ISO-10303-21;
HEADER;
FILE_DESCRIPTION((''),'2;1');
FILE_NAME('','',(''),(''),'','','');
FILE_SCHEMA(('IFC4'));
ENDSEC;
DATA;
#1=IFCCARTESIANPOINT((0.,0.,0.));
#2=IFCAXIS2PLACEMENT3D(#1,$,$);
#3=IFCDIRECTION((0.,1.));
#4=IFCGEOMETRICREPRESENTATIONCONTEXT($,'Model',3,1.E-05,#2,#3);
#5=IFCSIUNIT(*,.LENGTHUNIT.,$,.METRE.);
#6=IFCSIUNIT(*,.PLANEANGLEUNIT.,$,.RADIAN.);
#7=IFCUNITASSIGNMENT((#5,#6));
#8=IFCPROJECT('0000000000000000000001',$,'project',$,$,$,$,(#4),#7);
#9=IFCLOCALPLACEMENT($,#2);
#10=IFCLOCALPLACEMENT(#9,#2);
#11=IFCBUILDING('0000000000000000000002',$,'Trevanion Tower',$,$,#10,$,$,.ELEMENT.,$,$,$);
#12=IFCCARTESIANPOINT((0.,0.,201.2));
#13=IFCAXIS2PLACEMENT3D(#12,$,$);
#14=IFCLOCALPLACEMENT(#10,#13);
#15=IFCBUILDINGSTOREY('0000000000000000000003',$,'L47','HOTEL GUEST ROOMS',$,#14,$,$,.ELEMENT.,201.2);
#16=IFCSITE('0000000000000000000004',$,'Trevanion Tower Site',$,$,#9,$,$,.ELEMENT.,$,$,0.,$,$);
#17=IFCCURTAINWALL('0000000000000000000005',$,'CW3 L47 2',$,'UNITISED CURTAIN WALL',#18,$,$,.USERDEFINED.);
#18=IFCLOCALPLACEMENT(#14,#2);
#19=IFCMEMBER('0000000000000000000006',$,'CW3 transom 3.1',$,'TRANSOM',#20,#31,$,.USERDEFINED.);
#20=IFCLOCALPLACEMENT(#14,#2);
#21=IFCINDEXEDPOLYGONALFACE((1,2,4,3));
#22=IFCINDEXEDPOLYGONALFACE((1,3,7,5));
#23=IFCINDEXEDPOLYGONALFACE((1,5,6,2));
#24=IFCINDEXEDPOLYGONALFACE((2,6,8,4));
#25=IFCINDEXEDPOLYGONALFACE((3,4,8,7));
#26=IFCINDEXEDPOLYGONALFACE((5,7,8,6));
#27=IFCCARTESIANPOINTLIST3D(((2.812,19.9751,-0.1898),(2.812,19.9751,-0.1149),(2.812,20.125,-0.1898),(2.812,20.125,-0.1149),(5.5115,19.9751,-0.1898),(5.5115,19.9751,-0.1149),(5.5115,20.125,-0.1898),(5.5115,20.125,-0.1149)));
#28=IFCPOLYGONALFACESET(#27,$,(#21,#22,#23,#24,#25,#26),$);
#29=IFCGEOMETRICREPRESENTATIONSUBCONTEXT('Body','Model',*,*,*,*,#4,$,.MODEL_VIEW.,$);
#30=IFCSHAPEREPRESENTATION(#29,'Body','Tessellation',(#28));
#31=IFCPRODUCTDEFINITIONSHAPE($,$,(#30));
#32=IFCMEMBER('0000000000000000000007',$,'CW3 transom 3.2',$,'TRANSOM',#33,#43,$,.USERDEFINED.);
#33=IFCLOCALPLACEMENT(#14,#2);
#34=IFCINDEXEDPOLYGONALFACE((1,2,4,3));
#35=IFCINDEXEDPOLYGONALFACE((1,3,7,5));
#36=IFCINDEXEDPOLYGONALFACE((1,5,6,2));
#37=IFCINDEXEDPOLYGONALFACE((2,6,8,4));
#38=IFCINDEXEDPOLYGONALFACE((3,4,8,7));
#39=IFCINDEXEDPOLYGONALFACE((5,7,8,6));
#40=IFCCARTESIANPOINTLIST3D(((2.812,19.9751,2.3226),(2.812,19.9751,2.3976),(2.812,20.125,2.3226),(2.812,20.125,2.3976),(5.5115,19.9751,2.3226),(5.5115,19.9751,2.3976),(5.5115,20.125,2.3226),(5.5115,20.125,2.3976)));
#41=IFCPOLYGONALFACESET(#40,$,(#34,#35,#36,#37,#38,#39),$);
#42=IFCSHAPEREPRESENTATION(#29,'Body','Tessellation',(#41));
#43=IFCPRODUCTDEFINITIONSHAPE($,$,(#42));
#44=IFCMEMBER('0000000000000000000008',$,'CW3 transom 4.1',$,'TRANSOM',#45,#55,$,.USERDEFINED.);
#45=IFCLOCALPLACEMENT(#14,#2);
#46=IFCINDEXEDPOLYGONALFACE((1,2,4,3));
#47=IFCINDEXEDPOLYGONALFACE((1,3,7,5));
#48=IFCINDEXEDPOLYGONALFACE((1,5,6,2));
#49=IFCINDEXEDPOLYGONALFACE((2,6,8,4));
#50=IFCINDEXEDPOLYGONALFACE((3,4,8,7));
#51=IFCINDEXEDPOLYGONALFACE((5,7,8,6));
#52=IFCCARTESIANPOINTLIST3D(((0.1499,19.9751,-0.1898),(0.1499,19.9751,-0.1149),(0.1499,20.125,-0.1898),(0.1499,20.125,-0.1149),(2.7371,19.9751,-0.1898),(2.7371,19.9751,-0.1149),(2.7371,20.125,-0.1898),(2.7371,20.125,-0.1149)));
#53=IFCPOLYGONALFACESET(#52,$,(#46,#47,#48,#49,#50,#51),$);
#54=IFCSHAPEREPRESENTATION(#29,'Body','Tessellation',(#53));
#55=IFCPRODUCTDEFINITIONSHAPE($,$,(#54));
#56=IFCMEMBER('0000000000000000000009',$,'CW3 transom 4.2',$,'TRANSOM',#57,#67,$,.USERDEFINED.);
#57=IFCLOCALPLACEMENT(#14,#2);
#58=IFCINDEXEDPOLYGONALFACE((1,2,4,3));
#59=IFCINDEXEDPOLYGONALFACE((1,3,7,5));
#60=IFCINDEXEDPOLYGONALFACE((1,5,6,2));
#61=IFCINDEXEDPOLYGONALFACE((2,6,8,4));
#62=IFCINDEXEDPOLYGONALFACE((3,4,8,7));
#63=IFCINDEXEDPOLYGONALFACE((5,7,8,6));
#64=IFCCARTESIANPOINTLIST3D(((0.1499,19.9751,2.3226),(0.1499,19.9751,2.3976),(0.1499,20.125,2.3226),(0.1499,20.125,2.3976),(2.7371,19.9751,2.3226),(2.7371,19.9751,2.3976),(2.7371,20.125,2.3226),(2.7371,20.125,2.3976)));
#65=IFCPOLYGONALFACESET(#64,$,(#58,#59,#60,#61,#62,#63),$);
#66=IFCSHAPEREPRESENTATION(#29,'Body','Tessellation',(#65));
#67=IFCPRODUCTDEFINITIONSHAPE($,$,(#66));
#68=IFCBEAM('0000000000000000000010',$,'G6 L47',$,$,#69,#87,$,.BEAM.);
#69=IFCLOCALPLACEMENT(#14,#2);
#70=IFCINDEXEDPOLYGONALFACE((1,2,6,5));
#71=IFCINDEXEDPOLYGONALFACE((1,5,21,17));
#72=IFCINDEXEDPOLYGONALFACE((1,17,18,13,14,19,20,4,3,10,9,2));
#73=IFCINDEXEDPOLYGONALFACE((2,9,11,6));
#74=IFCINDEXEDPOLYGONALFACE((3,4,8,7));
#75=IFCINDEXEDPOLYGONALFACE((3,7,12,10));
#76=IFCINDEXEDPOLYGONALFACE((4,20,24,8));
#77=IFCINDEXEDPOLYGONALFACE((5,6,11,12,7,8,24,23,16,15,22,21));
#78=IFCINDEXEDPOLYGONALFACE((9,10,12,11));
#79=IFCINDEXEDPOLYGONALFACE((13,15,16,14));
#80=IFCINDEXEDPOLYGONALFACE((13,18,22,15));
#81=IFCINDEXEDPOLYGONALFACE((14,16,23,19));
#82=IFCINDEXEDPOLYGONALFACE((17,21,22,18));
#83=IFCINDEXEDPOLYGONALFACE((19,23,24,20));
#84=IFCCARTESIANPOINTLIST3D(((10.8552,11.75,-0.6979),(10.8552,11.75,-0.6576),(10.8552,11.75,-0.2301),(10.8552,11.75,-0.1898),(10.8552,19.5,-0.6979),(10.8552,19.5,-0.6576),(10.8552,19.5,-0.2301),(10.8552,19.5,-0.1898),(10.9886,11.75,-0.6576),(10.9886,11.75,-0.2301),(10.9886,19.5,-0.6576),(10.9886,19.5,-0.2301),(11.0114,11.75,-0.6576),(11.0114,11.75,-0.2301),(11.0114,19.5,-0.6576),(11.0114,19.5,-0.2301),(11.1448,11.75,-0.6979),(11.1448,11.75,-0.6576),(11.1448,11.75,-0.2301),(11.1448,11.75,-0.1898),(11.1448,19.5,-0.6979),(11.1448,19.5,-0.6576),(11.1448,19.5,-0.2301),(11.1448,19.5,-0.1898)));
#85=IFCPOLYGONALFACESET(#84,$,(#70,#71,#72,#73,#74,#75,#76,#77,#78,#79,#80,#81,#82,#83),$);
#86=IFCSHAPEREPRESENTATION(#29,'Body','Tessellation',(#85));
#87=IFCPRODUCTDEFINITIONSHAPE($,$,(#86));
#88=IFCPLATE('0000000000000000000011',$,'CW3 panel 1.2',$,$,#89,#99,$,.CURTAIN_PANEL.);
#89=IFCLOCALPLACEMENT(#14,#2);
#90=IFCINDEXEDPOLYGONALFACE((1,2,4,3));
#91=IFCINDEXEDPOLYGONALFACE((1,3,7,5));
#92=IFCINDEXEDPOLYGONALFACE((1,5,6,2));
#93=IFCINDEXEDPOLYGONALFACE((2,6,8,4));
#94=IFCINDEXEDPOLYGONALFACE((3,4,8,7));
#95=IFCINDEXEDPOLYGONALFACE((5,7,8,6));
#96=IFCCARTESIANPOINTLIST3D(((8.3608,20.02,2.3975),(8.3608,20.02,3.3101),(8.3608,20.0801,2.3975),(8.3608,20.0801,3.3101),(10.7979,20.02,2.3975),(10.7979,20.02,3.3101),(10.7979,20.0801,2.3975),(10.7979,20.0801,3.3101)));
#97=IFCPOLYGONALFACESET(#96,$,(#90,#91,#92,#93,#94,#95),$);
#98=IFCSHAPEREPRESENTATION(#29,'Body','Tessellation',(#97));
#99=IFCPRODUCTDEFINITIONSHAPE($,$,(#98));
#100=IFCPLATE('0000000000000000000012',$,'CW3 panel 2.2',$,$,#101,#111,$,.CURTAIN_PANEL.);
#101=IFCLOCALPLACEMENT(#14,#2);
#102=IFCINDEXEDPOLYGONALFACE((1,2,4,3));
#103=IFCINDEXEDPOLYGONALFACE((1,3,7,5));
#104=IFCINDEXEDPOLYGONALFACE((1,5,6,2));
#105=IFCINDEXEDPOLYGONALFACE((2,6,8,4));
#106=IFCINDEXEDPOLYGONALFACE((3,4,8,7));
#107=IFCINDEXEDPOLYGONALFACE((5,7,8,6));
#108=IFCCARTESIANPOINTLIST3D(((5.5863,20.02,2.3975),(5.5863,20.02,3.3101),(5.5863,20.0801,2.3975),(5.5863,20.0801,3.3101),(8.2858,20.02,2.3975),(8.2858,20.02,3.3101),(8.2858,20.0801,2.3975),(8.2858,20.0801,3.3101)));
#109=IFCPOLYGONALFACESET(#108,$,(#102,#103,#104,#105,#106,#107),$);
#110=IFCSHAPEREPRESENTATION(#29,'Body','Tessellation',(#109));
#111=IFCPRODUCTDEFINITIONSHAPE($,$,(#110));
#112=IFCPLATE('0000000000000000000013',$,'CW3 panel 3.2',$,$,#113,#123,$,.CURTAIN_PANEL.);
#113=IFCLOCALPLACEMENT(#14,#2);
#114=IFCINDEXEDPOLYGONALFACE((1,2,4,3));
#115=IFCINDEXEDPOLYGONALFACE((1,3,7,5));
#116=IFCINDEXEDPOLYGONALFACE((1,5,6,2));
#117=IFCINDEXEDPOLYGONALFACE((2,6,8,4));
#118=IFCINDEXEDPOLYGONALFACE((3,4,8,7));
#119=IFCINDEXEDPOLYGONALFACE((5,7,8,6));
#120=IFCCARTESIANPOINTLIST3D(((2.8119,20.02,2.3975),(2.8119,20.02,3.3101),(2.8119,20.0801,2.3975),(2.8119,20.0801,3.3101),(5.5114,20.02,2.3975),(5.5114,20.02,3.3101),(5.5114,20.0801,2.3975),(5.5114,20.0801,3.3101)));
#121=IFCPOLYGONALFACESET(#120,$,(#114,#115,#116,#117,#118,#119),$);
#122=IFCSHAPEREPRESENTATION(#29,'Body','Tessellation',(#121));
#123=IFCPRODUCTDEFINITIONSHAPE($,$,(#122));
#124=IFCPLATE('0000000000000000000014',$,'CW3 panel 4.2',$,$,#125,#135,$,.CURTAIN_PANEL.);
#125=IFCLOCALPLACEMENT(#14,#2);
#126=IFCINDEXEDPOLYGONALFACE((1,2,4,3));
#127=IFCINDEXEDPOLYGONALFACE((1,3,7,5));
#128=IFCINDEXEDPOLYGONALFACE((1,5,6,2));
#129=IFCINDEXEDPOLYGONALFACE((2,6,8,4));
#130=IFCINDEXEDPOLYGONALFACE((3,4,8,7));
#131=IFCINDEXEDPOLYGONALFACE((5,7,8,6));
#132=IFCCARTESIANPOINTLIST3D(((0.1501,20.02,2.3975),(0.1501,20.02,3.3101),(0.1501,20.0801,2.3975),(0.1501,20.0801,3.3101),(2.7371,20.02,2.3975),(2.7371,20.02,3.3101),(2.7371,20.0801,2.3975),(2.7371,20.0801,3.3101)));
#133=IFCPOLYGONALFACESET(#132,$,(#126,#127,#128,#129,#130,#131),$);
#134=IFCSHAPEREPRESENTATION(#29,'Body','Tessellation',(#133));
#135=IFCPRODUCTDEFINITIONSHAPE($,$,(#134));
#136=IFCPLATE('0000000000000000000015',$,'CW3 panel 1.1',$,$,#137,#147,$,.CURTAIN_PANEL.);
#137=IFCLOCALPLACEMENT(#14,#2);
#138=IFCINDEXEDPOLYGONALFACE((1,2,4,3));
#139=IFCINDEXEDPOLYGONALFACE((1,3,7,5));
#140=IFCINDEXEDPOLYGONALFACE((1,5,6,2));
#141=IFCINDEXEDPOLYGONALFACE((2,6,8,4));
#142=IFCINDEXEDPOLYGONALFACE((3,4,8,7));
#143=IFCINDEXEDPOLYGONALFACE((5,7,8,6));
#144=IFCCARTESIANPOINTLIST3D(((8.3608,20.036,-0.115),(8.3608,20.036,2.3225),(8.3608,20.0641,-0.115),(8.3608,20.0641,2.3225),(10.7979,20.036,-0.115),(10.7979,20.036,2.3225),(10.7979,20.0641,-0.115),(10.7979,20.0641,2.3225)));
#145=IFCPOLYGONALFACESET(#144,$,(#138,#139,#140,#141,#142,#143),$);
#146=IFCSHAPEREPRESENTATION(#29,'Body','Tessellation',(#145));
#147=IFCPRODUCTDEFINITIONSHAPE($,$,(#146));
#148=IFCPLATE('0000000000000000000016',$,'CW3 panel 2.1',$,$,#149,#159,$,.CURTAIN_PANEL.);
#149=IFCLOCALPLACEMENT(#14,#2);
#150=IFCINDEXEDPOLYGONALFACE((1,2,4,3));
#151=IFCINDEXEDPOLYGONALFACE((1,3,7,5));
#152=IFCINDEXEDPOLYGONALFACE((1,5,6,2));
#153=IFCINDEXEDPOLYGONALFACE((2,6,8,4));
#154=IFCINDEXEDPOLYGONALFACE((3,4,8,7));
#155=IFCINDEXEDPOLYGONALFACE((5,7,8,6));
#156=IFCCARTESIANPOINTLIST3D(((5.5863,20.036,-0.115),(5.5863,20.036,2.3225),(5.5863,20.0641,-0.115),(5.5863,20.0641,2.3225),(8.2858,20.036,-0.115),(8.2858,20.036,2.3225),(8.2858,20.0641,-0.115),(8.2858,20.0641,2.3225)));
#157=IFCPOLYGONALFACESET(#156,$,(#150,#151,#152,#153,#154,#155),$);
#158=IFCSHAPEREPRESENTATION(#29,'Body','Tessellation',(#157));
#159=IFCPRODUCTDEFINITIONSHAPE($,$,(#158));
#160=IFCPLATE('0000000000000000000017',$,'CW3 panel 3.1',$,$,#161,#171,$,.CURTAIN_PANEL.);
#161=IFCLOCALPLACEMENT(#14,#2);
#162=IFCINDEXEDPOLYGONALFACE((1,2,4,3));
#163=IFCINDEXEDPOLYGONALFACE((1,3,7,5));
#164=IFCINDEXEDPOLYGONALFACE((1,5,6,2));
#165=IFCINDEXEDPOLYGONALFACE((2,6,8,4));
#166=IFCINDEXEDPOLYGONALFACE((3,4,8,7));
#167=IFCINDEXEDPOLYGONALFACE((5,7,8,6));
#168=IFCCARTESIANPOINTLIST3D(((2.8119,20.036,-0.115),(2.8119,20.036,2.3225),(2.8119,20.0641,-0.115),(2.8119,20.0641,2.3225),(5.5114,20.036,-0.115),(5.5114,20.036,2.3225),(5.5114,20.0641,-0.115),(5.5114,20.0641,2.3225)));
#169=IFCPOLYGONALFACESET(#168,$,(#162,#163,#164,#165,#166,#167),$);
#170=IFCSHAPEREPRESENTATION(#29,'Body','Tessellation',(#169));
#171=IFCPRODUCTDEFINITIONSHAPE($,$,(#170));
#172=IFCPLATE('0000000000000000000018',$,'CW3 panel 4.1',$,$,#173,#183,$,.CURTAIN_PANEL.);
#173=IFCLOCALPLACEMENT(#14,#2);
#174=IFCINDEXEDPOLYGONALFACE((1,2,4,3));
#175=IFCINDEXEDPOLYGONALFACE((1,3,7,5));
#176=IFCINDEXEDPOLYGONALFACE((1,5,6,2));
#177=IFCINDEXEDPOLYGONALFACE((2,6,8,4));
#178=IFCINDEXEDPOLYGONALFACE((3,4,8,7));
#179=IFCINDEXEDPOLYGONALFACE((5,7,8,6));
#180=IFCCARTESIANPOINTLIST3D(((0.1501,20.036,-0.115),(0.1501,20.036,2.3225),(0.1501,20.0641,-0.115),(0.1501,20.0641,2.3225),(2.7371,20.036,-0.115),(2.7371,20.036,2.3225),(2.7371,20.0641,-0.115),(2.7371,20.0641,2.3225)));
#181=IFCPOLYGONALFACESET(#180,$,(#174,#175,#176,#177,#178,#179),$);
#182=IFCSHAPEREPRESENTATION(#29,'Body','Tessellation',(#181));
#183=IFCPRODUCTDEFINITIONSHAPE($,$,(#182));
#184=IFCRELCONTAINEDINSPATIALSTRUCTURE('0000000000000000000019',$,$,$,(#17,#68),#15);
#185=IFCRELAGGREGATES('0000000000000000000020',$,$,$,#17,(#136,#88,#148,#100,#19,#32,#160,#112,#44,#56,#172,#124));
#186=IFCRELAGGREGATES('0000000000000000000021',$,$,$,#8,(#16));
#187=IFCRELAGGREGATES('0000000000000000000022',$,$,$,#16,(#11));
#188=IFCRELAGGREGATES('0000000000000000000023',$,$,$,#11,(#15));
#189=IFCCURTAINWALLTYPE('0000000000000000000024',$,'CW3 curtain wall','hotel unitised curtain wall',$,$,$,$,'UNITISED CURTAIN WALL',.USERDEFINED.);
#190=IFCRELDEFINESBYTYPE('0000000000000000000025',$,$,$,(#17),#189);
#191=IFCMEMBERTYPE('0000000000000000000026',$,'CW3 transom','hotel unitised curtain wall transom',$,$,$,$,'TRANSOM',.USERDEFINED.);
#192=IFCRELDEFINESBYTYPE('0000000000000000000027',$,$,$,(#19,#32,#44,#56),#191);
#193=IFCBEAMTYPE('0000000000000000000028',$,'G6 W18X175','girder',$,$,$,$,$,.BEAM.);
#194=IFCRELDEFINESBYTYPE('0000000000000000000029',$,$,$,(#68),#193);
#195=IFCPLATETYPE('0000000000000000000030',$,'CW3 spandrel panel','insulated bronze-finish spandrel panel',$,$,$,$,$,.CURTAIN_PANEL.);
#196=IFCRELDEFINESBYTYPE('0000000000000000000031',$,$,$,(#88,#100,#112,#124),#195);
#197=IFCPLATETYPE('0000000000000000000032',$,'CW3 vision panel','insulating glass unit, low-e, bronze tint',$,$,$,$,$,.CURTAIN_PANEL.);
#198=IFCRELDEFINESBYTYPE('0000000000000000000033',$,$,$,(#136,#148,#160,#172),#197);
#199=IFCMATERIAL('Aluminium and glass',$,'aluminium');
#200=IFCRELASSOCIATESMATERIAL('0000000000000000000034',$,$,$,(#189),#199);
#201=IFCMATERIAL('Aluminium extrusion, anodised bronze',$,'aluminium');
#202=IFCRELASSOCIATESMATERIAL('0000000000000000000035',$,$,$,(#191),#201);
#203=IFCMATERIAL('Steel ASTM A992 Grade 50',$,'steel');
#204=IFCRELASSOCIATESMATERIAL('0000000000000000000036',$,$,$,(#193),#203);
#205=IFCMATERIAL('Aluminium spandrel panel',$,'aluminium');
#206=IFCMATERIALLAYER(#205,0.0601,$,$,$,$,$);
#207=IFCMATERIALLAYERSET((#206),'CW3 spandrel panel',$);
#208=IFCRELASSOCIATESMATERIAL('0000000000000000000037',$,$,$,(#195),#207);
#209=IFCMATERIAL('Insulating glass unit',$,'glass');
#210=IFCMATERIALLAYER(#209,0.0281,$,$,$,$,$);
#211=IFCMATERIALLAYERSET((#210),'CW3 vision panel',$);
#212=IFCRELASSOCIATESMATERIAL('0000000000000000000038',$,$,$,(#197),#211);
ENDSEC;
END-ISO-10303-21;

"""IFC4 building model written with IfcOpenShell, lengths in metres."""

from ifc_helpers import new_model, si_unit, direction, frame, origin, origin_2d, place, context, subcontext, project, spatial, rectangle, i_section, extrude, material, layer, layer_set, material_profile, profile_set, type_object, element, aggregate, save


model = new_model("IFC4")

# Units and contexts
model_context = context("Model", 3, precision=1e-05, world=origin(), true_north=direction((0.0, 1.0)))
body_context = subcontext(model_context, "Body", "Model", "MODEL_VIEW")
ifc_project = project(units=[si_unit("LENGTHUNIT", "METRE"), si_unit("PLANEANGLEUNIT", "RADIAN")], contexts=[model_context])

# Site, building, storey
site_placement = place(None, origin())
site = spatial("IfcSite", under=ifc_project, at=site_placement, Name="Trevanion Tower Site", CompositionType="ELEMENT", RefElevation=0.0)
building_placement = place(site_placement, origin())
building = spatial("IfcBuilding", under=site, at=building_placement, Name="Trevanion Tower", CompositionType="ELEMENT")
storey_placement = place(building_placement, frame((0.0, 0.0, 201.2)))
storey = spatial("IfcBuildingStorey", under=building, at=storey_placement, Name="L47", Description="HOTEL GUEST ROOMS", CompositionType="ELEMENT", Elevation=201.2)

# Curtain wall, members
ifc_material_1 = material(Name="Aluminium and glass", Category="aluminium")
curtain_wall_type = type_object("IfcCurtainWallType", Name="CW3 curtain wall", Description="hotel unitised curtain wall", ElementType="UNITISED CURTAIN WALL", PredefinedType="USERDEFINED", material=ifc_material_1)
curtain_wall_placement = place(storey_placement, origin())
curtain_wall = element("IfcCurtainWall", 1, at=curtain_wall_placement, inside=storey, type_object=curtain_wall_type, Name="CW3 L47 2", ObjectType="UNITISED CURTAIN WALL", PredefinedType="USERDEFINED")
ifc_material_2 = material(Name="Aluminium extrusion, anodised bronze", Category="aluminium")
ifc_material_profile_1 = material_profile(ifc_material_2, rectangle(XDim=0.1499, YDim=0.075, at=origin_2d()), Name="CW3 transom")
ifc_profile_set_1 = profile_set([ifc_material_profile_1], Name="Aluminium extrusion, anodised bronze")
member_type_1 = type_object("IfcMemberType", Name="CW3 transom", Description="hotel unitised curtain wall transom", ElementType="TRANSOM", PredefinedType="USERDEFINED", material=ifc_profile_set_1)
member_1_placement = place(storey_placement, frame((5.5115, 20.05, -0.1523), z_axis=(-1.0, 0.0, 0.0), x_axis=(0.0, -1.0, 0.0)))
member_1 = element("IfcMember", 2, at=member_1_placement, type_object=member_type_1, Name="CW3 transom 3.1", ObjectType="TRANSOM", PredefinedType="USERDEFINED", context=body_context, shape_type="SweptSolid", body=[
    extrude(rectangle(XDim=0.1499, YDim=0.075, at=origin_2d()), origin(), (0.0, 0.0, 1.0), 2.6995),
])
member_2_placement = place(storey_placement, frame((5.5115, 20.05, 2.3601), z_axis=(-1.0, 0.0, 0.0), x_axis=(0.0, -1.0, 0.0)))
member_2 = element("IfcMember", 3, at=member_2_placement, type_object=member_type_1, Name="CW3 transom 3.2", ObjectType="TRANSOM", PredefinedType="USERDEFINED", context=body_context, shape_type="SweptSolid", body=[
    extrude(rectangle(XDim=0.1499, YDim=0.075, at=origin_2d()), origin(), (0.0, 0.0, 1.0), 2.6995),
])
member_3_placement = place(storey_placement, frame((2.7371, 20.05, -0.1523), z_axis=(-1.0, 0.0, 0.0), x_axis=(0.0, -1.0, 0.0)))
member_3 = element("IfcMember", 4, at=member_3_placement, type_object=member_type_1, Name="CW3 transom 4.1", ObjectType="TRANSOM", PredefinedType="USERDEFINED", context=body_context, shape_type="SweptSolid", body=[
    extrude(rectangle(XDim=0.1499, YDim=0.075, at=origin_2d()), origin(), (0.0, 0.0, 1.0), 2.5872),
])
member_4_placement = place(storey_placement, frame((2.7371, 20.05, 2.3601), z_axis=(-1.0, 0.0, 0.0), x_axis=(0.0, -1.0, 0.0)))
member_4 = element("IfcMember", 5, at=member_4_placement, type_object=member_type_1, Name="CW3 transom 4.2", ObjectType="TRANSOM", PredefinedType="USERDEFINED", context=body_context, shape_type="SweptSolid", body=[
    extrude(rectangle(XDim=0.1499, YDim=0.075, at=origin_2d()), origin(), (0.0, 0.0, 1.0), 2.5872),
])

# Beam
ifc_material_3 = material(Name="Steel ASTM A992 Grade 50", Category="steel")
ifc_material_profile_2 = material_profile(ifc_material_3, i_section(OverallWidth=0.2896, OverallDepth=0.5081, WebThickness=0.0227, FlangeThickness=0.0403, at=origin_2d()), Name="W18X175")
ifc_profile_set_2 = profile_set([ifc_material_profile_2], Name="Steel ASTM A992 Grade 50")
beam_type_1 = type_object("IfcBeamType", Name="G6 W18X175", Description="girder", PredefinedType="BEAM", material=ifc_profile_set_2)
beam_placement = place(storey_placement, frame((11.0, 11.75, -0.4438), z_axis=(0.0, 1.0, 0.0), x_axis=(-1.0, 0.0, 0.0)))
element("IfcBeam", 6, at=beam_placement, inside=storey, type_object=beam_type_1, Name="G6 L47", PredefinedType="BEAM", context=body_context, shape_type="SweptSolid", body=[
    extrude(i_section(OverallWidth=0.2896, OverallDepth=0.5081, WebThickness=0.0227, FlangeThickness=0.0403, at=origin_2d()), origin(), (0.0, 0.0, 1.0), 7.75),
])

# Plates
ifc_material_4 = material(Name="Aluminium spandrel panel", Category="aluminium")
ifc_layer_1 = layer(ifc_material_4, 0.0601)
ifc_layer_set_1 = layer_set([ifc_layer_1], Name="CW3 spandrel panel")
plate_type_1 = type_object("IfcPlateType", Name="CW3 spandrel panel", Description="insulated bronze-finish spandrel panel", PredefinedType="CURTAIN_PANEL", material=ifc_layer_set_1)
plate_1_placement = place(storey_placement, frame((9.5793, 20.05, 2.3975), z_axis=(0.0, 0.0, 1.0), x_axis=(-1.0, 0.0, 0.0)))
plate_1 = element("IfcPlate", 7, at=plate_1_placement, type_object=plate_type_1, Name="CW3 panel 1.2", PredefinedType="CURTAIN_PANEL", context=body_context, shape_type="SweptSolid", body=[
    extrude(rectangle(XDim=2.437, YDim=0.0601, at=origin_2d()), origin(), (0.0, 0.0, 1.0), 0.9126),
])
plate_2_placement = place(storey_placement, frame((6.936, 20.05, 2.3975), z_axis=(0.0, 0.0, 1.0), x_axis=(-1.0, 0.0, 0.0)))
plate_2 = element("IfcPlate", 8, at=plate_2_placement, type_object=plate_type_1, Name="CW3 panel 2.2", PredefinedType="CURTAIN_PANEL", context=body_context, shape_type="SweptSolid", body=[
    extrude(rectangle(XDim=2.6995, YDim=0.0601, at=origin_2d()), origin(), (0.0, 0.0, 1.0), 0.9126),
])
plate_3_placement = place(storey_placement, frame((4.1616, 20.05, 2.3975), z_axis=(0.0, 0.0, 1.0), x_axis=(-1.0, 0.0, 0.0)))
plate_3 = element("IfcPlate", 9, at=plate_3_placement, type_object=plate_type_1, Name="CW3 panel 3.2", PredefinedType="CURTAIN_PANEL", context=body_context, shape_type="SweptSolid", body=[
    extrude(rectangle(XDim=2.6995, YDim=0.0601, at=origin_2d()), origin(), (0.0, 0.0, 1.0), 0.9126),
])
plate_4_placement = place(storey_placement, frame((1.4436, 20.05, 2.3975), z_axis=(0.0, 0.0, 1.0), x_axis=(-1.0, 0.0, 0.0)))
plate_4 = element("IfcPlate", 10, at=plate_4_placement, type_object=plate_type_1, Name="CW3 panel 4.2", PredefinedType="CURTAIN_PANEL", context=body_context, shape_type="SweptSolid", body=[
    extrude(rectangle(XDim=2.5869, YDim=0.0601, at=origin_2d()), origin(), (0.0, 0.0, 1.0), 0.9126),
])
ifc_material_5 = material(Name="Insulating glass unit", Category="glass")
ifc_layer_2 = layer(ifc_material_5, 0.0281)
ifc_layer_set_2 = layer_set([ifc_layer_2], Name="CW3 vision panel")
plate_type_2 = type_object("IfcPlateType", Name="CW3 vision panel", Description="insulating glass unit, low-e, bronze tint", PredefinedType="CURTAIN_PANEL", material=ifc_layer_set_2)
plate_5_placement = place(storey_placement, frame((9.5793, 20.05, -0.115), z_axis=(0.0, 0.0, 1.0), x_axis=(-1.0, 0.0, 0.0)))
plate_5 = element("IfcPlate", 11, at=plate_5_placement, type_object=plate_type_2, Name="CW3 panel 1.1", PredefinedType="CURTAIN_PANEL", context=body_context, shape_type="SweptSolid", body=[
    extrude(rectangle(XDim=2.437, YDim=0.0281, at=origin_2d()), origin(), (0.0, 0.0, 1.0), 2.4375),
])
plate_6_placement = place(storey_placement, frame((6.936, 20.05, -0.115), z_axis=(0.0, 0.0, 1.0), x_axis=(-1.0, 0.0, 0.0)))
plate_6 = element("IfcPlate", 12, at=plate_6_placement, type_object=plate_type_2, Name="CW3 panel 2.1", PredefinedType="CURTAIN_PANEL", context=body_context, shape_type="SweptSolid", body=[
    extrude(rectangle(XDim=2.6995, YDim=0.0281, at=origin_2d()), origin(), (0.0, 0.0, 1.0), 2.4375),
])
plate_7_placement = place(storey_placement, frame((4.1616, 20.05, -0.115), z_axis=(0.0, 0.0, 1.0), x_axis=(-1.0, 0.0, 0.0)))
plate_7 = element("IfcPlate", 13, at=plate_7_placement, type_object=plate_type_2, Name="CW3 panel 3.1", PredefinedType="CURTAIN_PANEL", context=body_context, shape_type="SweptSolid", body=[
    extrude(rectangle(XDim=2.6995, YDim=0.0281, at=origin_2d()), origin(), (0.0, 0.0, 1.0), 2.4375),
])
plate_8_placement = place(storey_placement, frame((1.4436, 20.05, -0.115), z_axis=(0.0, 0.0, 1.0), x_axis=(-1.0, 0.0, 0.0)))
plate_8 = element("IfcPlate", 14, at=plate_8_placement, type_object=plate_type_2, Name="CW3 panel 4.1", PredefinedType="CURTAIN_PANEL", context=body_context, shape_type="SweptSolid", body=[
    extrude(rectangle(XDim=2.5869, YDim=0.0281, at=origin_2d()), origin(), (0.0, 0.0, 1.0), 2.4375),
])
aggregate(curtain_wall, [plate_5, plate_1, plate_6, plate_2, member_1, member_2, plate_7, plate_3, member_3, member_4, plate_8, plate_4])

save(model, "model.ifc")
